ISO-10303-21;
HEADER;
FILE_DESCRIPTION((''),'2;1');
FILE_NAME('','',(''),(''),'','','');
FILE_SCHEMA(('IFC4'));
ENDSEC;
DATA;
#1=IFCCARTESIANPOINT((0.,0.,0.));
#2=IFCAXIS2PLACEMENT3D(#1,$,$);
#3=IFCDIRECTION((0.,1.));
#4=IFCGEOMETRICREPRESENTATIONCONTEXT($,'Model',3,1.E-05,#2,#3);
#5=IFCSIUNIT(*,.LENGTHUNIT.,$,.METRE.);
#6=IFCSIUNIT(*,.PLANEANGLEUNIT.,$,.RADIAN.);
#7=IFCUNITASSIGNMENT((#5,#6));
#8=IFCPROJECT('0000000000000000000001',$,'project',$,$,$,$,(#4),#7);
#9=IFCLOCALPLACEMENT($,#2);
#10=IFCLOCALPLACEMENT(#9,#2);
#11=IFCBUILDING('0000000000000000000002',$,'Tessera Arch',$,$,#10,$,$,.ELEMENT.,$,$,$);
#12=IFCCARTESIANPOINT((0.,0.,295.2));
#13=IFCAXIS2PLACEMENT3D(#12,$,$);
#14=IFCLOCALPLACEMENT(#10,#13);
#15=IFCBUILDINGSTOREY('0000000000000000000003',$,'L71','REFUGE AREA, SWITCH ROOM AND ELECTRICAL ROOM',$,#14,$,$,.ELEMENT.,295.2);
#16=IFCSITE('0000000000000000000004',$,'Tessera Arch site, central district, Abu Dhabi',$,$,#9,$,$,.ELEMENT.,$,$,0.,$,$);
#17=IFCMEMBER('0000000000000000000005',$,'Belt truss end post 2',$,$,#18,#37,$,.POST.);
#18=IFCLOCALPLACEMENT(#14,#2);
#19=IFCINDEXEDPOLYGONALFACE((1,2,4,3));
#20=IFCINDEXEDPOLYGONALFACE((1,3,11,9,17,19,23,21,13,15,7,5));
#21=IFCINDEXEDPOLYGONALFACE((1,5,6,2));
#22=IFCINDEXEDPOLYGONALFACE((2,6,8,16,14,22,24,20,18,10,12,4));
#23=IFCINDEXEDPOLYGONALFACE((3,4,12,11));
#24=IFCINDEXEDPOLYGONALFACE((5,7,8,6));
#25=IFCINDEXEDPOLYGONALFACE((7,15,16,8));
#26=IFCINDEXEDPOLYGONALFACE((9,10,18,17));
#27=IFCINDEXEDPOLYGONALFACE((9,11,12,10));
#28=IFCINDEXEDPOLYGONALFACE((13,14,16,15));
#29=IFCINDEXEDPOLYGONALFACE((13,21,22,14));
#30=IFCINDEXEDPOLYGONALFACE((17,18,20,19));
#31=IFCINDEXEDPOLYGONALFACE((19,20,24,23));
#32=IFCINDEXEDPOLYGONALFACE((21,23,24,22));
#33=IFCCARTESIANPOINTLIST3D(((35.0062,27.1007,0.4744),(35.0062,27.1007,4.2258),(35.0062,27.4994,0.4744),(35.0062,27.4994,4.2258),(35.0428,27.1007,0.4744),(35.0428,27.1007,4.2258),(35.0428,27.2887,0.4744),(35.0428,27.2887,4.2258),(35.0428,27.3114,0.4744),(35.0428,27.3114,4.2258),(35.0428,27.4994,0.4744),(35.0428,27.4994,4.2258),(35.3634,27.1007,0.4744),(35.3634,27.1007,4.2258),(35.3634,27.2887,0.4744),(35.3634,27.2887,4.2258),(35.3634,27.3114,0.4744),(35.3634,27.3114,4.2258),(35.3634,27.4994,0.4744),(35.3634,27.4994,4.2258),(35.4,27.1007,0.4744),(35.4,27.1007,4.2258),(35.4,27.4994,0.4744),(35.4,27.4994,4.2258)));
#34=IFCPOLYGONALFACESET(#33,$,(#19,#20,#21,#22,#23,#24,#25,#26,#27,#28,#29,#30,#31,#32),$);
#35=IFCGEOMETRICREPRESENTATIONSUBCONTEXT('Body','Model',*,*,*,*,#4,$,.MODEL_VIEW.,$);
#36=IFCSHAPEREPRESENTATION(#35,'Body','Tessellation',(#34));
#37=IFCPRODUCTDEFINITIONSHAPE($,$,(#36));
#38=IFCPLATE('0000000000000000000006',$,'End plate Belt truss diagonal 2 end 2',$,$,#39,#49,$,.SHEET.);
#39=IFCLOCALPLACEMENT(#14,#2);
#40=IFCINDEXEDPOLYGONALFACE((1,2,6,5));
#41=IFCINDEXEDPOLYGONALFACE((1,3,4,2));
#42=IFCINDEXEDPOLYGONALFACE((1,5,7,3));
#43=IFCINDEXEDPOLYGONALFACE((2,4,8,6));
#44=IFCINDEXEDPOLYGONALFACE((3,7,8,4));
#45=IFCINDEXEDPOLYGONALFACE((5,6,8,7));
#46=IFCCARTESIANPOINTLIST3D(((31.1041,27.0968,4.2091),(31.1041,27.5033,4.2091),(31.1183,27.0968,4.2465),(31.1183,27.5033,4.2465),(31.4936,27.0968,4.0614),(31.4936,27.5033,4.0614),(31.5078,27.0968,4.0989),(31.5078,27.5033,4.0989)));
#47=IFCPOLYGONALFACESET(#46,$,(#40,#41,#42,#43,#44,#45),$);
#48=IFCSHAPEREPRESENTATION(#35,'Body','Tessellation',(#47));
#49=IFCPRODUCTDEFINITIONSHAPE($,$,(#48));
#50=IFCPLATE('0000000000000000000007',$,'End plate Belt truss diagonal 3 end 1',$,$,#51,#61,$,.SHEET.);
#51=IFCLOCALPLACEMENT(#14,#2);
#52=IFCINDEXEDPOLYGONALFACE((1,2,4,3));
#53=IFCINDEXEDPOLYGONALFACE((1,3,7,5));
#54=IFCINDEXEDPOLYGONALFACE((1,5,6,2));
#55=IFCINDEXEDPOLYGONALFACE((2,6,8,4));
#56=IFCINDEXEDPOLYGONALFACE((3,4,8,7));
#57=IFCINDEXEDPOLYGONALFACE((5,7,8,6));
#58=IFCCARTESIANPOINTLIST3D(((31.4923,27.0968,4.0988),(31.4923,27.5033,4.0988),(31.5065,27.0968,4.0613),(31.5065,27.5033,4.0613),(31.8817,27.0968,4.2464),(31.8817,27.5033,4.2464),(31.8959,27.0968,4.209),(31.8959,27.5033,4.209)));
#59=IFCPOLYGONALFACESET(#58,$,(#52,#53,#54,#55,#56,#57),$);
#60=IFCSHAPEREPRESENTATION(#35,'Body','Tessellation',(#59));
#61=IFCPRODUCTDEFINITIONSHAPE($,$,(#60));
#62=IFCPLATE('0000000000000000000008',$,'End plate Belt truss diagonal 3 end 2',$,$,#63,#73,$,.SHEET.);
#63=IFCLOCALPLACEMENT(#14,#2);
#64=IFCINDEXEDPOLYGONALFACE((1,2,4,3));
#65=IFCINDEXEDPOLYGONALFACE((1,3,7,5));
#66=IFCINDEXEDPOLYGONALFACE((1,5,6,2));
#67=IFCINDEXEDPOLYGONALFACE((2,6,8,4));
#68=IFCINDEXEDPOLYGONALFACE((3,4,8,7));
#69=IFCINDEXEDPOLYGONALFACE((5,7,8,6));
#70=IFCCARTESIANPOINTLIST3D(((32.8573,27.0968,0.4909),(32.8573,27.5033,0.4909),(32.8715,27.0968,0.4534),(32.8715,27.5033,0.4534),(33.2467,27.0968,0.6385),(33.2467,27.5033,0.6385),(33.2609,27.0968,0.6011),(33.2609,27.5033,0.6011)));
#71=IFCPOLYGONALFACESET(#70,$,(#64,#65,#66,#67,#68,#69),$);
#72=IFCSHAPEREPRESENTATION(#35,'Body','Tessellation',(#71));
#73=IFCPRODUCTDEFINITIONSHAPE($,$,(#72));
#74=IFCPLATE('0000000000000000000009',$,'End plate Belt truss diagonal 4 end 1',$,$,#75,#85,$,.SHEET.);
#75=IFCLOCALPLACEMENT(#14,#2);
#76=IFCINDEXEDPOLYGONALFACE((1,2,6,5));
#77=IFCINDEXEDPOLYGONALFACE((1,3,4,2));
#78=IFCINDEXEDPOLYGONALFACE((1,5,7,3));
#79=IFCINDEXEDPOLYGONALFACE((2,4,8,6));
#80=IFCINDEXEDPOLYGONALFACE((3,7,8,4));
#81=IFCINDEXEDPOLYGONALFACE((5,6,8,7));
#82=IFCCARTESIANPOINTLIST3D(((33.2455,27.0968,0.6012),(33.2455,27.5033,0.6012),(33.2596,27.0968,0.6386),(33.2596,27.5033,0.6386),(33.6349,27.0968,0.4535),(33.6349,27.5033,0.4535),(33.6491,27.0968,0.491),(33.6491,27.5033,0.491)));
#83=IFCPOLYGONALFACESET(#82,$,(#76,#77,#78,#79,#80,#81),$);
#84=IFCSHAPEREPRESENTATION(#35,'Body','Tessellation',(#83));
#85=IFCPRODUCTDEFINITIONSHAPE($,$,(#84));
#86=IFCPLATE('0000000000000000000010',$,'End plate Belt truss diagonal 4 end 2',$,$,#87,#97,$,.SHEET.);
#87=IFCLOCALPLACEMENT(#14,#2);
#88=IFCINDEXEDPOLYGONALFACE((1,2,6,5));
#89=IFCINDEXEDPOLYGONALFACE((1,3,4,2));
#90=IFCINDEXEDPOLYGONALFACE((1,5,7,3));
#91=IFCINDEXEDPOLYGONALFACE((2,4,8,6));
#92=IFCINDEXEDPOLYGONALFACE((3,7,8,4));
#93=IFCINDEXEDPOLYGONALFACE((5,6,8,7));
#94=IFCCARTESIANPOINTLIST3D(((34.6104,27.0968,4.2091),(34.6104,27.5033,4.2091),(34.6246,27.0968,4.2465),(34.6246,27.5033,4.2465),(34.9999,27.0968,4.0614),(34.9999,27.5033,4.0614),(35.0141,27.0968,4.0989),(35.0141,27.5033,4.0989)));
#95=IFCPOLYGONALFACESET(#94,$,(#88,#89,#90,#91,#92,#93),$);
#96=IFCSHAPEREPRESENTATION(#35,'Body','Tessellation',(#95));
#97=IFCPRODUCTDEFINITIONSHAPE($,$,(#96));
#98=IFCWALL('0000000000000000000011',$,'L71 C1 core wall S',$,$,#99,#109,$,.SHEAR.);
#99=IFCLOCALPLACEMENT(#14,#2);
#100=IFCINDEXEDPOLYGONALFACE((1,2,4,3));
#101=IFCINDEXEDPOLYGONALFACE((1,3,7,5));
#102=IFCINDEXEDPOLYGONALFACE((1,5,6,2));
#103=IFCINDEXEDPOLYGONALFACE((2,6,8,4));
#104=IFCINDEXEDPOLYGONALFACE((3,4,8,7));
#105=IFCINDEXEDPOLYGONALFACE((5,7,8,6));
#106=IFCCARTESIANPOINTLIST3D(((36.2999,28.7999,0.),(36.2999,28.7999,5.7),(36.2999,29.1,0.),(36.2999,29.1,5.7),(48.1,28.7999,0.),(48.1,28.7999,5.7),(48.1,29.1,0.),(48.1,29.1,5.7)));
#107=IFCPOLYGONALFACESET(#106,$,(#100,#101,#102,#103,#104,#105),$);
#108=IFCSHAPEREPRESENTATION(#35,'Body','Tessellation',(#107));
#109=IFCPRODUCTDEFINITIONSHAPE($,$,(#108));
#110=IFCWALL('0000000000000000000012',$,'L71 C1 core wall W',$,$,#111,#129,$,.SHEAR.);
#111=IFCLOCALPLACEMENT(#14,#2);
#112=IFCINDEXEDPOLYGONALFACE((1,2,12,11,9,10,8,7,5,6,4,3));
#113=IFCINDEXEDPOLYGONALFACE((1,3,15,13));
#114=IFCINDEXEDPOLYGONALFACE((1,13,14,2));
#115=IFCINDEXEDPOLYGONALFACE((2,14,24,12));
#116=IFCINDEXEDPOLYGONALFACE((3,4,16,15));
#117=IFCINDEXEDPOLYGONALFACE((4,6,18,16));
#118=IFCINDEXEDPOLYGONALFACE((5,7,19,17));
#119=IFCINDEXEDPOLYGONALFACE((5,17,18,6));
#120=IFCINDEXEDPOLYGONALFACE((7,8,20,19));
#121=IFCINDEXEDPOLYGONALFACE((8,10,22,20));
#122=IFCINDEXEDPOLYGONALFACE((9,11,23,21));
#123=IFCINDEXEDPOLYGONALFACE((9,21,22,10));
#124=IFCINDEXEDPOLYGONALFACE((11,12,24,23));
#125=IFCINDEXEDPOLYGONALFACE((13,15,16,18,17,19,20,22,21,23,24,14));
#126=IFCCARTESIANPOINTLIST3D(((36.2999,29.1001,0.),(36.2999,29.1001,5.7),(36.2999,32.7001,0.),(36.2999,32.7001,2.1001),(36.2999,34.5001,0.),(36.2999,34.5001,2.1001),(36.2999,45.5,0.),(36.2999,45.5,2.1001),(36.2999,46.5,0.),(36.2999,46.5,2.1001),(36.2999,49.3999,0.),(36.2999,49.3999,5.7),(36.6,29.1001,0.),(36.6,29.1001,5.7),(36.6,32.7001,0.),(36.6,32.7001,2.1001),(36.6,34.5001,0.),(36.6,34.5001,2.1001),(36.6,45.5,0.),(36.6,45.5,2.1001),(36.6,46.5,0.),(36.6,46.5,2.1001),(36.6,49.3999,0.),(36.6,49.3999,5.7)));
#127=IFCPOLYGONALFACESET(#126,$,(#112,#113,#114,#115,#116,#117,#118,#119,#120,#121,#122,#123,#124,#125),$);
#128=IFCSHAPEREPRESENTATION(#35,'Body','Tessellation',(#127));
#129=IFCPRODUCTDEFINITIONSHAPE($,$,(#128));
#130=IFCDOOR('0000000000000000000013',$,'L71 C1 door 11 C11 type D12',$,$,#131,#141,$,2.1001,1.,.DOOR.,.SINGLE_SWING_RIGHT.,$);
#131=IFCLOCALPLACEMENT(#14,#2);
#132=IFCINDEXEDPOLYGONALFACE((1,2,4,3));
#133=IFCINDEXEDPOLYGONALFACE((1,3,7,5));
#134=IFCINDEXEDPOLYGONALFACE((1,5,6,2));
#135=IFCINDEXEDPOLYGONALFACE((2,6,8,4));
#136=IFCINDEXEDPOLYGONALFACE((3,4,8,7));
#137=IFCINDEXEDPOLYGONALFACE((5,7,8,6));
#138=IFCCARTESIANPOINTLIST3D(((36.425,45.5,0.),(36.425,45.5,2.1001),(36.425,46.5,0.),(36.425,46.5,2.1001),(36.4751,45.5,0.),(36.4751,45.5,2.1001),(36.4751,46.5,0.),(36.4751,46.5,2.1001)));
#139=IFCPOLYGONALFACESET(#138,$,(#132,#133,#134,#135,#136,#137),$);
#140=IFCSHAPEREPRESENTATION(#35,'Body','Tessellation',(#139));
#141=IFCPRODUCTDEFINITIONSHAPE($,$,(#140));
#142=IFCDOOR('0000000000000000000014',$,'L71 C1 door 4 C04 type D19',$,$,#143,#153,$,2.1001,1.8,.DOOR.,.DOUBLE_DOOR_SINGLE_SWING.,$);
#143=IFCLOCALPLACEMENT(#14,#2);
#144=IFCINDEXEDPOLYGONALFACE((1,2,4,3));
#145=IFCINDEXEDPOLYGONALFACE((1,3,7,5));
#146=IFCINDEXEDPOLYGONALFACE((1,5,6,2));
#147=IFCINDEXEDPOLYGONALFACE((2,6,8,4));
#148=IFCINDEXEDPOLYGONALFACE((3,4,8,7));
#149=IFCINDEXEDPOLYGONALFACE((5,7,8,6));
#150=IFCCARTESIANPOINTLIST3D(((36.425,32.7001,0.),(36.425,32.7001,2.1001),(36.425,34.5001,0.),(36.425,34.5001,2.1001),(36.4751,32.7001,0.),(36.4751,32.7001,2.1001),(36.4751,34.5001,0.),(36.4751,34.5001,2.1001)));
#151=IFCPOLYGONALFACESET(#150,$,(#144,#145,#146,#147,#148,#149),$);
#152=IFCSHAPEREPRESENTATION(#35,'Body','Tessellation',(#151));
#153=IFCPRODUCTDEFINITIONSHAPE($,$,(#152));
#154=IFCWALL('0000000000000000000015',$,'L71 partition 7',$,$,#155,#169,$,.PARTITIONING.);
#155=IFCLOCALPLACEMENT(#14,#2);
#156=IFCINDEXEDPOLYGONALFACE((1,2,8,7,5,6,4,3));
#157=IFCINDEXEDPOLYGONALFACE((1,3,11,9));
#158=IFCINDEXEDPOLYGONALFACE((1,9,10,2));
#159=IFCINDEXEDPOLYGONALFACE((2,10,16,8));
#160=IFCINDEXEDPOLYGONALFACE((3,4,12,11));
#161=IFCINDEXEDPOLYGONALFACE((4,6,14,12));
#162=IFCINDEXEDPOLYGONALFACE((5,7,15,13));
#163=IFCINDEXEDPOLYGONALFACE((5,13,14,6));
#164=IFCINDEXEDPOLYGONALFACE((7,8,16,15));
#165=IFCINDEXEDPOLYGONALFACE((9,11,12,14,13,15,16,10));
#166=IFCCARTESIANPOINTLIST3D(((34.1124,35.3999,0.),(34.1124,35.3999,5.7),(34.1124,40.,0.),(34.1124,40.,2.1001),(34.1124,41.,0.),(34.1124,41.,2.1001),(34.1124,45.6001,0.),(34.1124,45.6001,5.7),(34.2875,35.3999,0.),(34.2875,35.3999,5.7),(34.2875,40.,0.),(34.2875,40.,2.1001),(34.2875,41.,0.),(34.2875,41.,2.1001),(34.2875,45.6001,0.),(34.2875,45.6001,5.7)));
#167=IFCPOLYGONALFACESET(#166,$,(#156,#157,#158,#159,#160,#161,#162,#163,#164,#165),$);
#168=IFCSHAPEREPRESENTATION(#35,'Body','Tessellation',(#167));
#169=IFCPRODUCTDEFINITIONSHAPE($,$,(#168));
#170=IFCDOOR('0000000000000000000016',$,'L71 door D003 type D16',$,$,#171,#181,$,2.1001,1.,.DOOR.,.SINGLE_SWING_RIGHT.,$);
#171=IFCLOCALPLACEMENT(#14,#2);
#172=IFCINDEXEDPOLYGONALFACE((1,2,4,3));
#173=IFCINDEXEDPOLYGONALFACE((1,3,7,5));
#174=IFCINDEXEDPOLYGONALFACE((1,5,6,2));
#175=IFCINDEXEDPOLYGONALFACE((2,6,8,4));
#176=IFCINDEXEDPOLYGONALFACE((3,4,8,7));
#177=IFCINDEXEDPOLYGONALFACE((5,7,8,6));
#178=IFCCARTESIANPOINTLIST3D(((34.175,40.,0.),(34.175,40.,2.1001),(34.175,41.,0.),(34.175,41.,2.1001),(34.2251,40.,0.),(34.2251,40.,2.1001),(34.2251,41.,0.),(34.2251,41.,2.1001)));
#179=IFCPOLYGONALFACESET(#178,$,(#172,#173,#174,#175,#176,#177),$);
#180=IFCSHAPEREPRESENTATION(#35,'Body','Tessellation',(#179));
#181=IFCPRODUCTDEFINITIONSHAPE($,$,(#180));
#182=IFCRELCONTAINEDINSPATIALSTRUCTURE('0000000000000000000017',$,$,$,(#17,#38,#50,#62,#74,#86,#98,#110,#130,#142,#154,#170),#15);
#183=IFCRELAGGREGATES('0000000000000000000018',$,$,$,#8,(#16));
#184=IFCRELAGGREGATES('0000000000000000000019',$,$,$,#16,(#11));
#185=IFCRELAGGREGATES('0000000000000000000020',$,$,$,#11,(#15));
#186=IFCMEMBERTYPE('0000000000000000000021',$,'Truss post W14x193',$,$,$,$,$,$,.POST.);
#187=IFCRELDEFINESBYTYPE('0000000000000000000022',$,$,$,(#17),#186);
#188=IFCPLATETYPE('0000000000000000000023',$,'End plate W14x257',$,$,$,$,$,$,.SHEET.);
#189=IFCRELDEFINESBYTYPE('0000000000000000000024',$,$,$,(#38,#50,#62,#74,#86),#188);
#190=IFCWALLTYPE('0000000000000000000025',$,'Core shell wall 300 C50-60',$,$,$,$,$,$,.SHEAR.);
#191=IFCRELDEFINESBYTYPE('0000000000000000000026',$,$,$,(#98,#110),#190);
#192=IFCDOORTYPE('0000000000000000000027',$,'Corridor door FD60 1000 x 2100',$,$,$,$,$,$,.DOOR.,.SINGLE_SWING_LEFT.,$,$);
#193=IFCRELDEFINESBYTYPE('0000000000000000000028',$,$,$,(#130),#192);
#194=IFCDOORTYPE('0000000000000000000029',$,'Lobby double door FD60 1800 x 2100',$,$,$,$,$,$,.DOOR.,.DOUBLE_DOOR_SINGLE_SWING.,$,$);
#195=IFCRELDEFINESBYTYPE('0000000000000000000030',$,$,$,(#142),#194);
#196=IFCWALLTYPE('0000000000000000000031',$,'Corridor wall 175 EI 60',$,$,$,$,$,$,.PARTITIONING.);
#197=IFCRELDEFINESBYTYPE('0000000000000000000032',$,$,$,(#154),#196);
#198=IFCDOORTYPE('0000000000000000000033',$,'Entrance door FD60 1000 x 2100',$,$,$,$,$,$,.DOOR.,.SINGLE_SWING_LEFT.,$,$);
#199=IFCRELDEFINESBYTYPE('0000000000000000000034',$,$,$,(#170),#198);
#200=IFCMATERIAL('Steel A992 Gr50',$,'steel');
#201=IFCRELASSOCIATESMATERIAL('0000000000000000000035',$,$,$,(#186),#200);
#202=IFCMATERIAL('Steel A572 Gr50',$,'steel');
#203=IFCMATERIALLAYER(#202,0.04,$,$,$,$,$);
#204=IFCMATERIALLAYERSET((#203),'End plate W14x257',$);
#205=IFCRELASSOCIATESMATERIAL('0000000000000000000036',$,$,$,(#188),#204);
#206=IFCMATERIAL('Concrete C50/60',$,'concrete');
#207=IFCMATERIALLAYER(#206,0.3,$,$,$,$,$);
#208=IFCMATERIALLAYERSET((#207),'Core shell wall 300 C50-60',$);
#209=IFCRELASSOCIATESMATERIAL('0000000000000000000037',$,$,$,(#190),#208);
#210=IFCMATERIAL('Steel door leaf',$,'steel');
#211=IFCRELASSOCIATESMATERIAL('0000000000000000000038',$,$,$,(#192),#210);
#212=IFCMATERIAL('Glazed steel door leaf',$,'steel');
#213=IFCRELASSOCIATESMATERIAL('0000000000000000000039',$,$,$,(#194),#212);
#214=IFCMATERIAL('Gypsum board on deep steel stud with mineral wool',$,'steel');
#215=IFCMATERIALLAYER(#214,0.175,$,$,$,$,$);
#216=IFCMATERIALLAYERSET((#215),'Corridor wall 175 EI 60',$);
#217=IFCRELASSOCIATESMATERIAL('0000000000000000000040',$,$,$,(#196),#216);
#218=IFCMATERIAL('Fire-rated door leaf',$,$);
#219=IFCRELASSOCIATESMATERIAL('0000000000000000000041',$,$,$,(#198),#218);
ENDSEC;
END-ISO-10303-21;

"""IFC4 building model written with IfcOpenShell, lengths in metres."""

from ifc_helpers import new_model, si_unit, direction, frame, frame_2d, origin, origin_2d, place, context, subcontext, project, spatial, rectangle, i_section, extrude, material, layer, layer_set, material_profile, profile_set, type_object, element, fill, save


model = new_model("IFC4")

# Units and contexts
model_context = context("Model", 3, precision=1e-05, world=origin(), true_north=direction((0.0, 1.0)))
body_context = subcontext(model_context, "Body", "Model", "MODEL_VIEW")
ifc_project = project(units=[si_unit("LENGTHUNIT", "METRE"), si_unit("PLANEANGLEUNIT", "RADIAN")], contexts=[model_context])

# Site, building, storey
site_placement = place(None, origin())
site = spatial("IfcSite", under=ifc_project, at=site_placement, Name="Tessera Arch site, central district, Abu Dhabi", CompositionType="ELEMENT", RefElevation=0.0)
building_placement = place(site_placement, origin())
building = spatial("IfcBuilding", under=site, at=building_placement, Name="Tessera Arch", CompositionType="ELEMENT")
storey_placement = place(building_placement, frame((0.0, 0.0, 295.2)))
storey = spatial("IfcBuildingStorey", under=building, at=storey_placement, Name="L71", Description="REFUGE AREA, SWITCH ROOM AND ELECTRICAL ROOM", CompositionType="ELEMENT", Elevation=295.2)

# Member
ifc_material_1 = material(Name="Steel A992 Gr50", Category="steel")
ifc_material_profile_1 = material_profile(ifc_material_1, i_section(OverallWidth=0.3987, OverallDepth=0.3938, WebThickness=0.0227, FlangeThickness=0.0366, at=origin_2d()), Name="W14x193")
ifc_profile_set_1 = profile_set([ifc_material_profile_1], Name="Steel A992 Gr50")
member_type_1 = type_object("IfcMemberType", Name="Truss post W14x193", PredefinedType="POST", material=ifc_profile_set_1)
member_1_placement = place(storey_placement, frame((35.2031, 27.3, 0.4744), z_axis=(0.0, 0.0, 1.0), x_axis=(0.0, 1.0, 0.0)))
element("IfcMember", 1, at=member_1_placement, inside=storey, type_object=member_type_1, Name="Belt truss end post 2", PredefinedType="POST", context=body_context, shape_type="SweptSolid", body=[
    extrude(i_section(OverallWidth=0.3987, OverallDepth=0.3938, WebThickness=0.0227, FlangeThickness=0.0366, at=origin_2d()), origin(), (0.0, 0.0, 1.0), 3.7515),
])

# Plates
ifc_material_2 = material(Name="Steel A572 Gr50", Category="steel")
ifc_layer_1 = layer(ifc_material_2, 0.04)
ifc_layer_set_1 = layer_set([ifc_layer_1], Name="End plate W14x257")
plate_type = type_object("IfcPlateType", Name="End plate W14x257", PredefinedType="SHEET", material=ifc_layer_set_1)
for number, where, z_axis, x_axis, name in (
    (2, (31.2988, 27.3, 4.1353), (0.35447, 0.0, 0.935067), (0.0, 1.0, 0.0), "End plate Belt truss diagonal 2 end 2"),
    (3, (31.687, 27.3, 4.1726), (0.35447, 0.0, -0.935067), (0.0, 1.0, 0.0), "End plate Belt truss diagonal 3 end 1"),
    (4, (33.052, 27.3, 0.5647), (0.35447, 0.0, -0.935067), (0.0, 1.0, 0.0), "End plate Belt truss diagonal 3 end 2"),
    (5, (33.4402, 27.3, 0.5273), (0.35447, 0.0, 0.935067), (0.0, 1.0, 0.0), "End plate Belt truss diagonal 4 end 1"),
    (6, (34.8052, 27.3, 4.1353), (0.35447, 0.0, 0.935067), (0.0, 1.0, 0.0), "End plate Belt truss diagonal 4 end 2"),
):
    element("IfcPlate", number, at=place(storey_placement, frame(where, z_axis=z_axis, x_axis=x_axis)), inside=storey, type_object=plate_type, Name=name, PredefinedType="SHEET", context=body_context, shape_type="SweptSolid", body=[
        extrude(rectangle(XDim=0.4065, YDim=0.4165, at=origin_2d()), origin(), (0.0, 0.0, 1.0), 0.04),
    ])

# Wall
ifc_material_3 = material(Name="Concrete C50/60", Category="concrete")
ifc_layer_2 = layer(ifc_material_3, 0.3)
ifc_layer_set_2 = layer_set([ifc_layer_2], Name="Core shell wall 300 C50-60")
wall_type_1 = type_object("IfcWallType", Name="Core shell wall 300 C50-60", PredefinedType="SHEAR", material=ifc_layer_set_2)
wall_1_placement = place(storey_placement, frame((36.3, 28.95, 0.0), z_axis=(0.0, 0.0, 1.0), x_axis=(1.0, 0.0, 0.0)))
element("IfcWall", 7, at=wall_1_placement, inside=storey, type_object=wall_type_1, Name="L71 C1 core wall S", PredefinedType="SHEAR", context=body_context, shape_type="SweptSolid", body=[
    extrude(rectangle(XDim=11.8, YDim=0.3, at=frame_2d((5.8999, 0.0))), origin(), (0.0, 0.0, 1.0), 5.7),
])

# Wall, openings, doors
wall_2_placement = place(storey_placement, frame((36.45, 29.1001, 0.0), z_axis=(0.0, 0.0, 1.0), x_axis=(0.0, 1.0, 0.0)))
wall_2 = element("IfcWall", 8, at=wall_2_placement, inside=storey, type_object=wall_type_1, Name="L71 C1 core wall W", PredefinedType="SHEAR", context=body_context, shape_type="SweptSolid", body=[
    extrude(rectangle(XDim=20.2998, YDim=0.3, at=frame_2d((10.1499, 0.0))), origin(), (0.0, 0.0, 1.0), 5.7),
])
opening_1_placement = place(wall_2_placement, frame((3.6001, 0.0, 0.0)))
opening_1 = element("IfcOpeningElement", 9, at=opening_1_placement, cuts=wall_2, PredefinedType="OPENING", context=body_context, shape_type="SweptSolid", body=[
    extrude(rectangle(XDim=1.8, YDim=2.1001, at=frame_2d((0.8999, 1.05))), frame((0.0, 0.1599, 0.0), z_axis=(0.0, -1.0, 0.0), x_axis=(1.0, 0.0, 0.0)), (0.0, 0.0, 1.0), 0.3201),
])
opening_2_placement = place(wall_2_placement, frame((16.3999, 0.0, 0.0)))
opening_2 = element("IfcOpeningElement", 10, at=opening_2_placement, cuts=wall_2, PredefinedType="OPENING", context=body_context, shape_type="SweptSolid", body=[
    extrude(rectangle(XDim=1.0, YDim=2.1001, at=frame_2d((0.5, 1.05))), frame((0.0, 0.1599, 0.0), z_axis=(0.0, -1.0, 0.0), x_axis=(1.0, 0.0, 0.0)), (0.0, 0.0, 1.0), 0.3201),
])
ifc_material_4 = material(Name="Steel door leaf", Category="steel")
door_type_1 = type_object("IfcDoorType", Name="Corridor door FD60 1000 x 2100", OperationType="SINGLE_SWING_LEFT", PredefinedType="DOOR", material=ifc_material_4)
door_1_placement = place(opening_2_placement, origin())
door_1 = element("IfcDoor", 11, at=door_1_placement, inside=storey, type_object=door_type_1, Name="L71 C1 door 11 C11 type D12", OperationType="SINGLE_SWING_RIGHT", OverallHeight=2.1001, OverallWidth=1.0, PredefinedType="DOOR", context=body_context, shape_type="SweptSolid", body=[
    extrude(rectangle(XDim=1.0, YDim=2.1001, at=frame_2d((0.5, 1.05))), frame((0.0, 0.0249, 0.0), z_axis=(0.0, -1.0, 0.0), x_axis=(1.0, 0.0, 0.0)), (0.0, 0.0, 1.0), 0.05),
])
fill(opening_2, door_1)
ifc_material_5 = material(Name="Glazed steel door leaf", Category="steel")
door_type_2 = type_object("IfcDoorType", Name="Lobby double door FD60 1800 x 2100", OperationType="DOUBLE_DOOR_SINGLE_SWING", PredefinedType="DOOR", material=ifc_material_5)
door_2_placement = place(opening_1_placement, origin())
door_2 = element("IfcDoor", 12, at=door_2_placement, inside=storey, type_object=door_type_2, Name="L71 C1 door 4 C04 type D19", OperationType="DOUBLE_DOOR_SINGLE_SWING", OverallHeight=2.1001, OverallWidth=1.8, PredefinedType="DOOR", context=body_context, shape_type="SweptSolid", body=[
    extrude(rectangle(XDim=1.8, YDim=2.1001, at=frame_2d((0.8999, 1.05))), frame((0.0, 0.0249, 0.0), z_axis=(0.0, -1.0, 0.0), x_axis=(1.0, 0.0, 0.0)), (0.0, 0.0, 1.0), 0.05),
])
fill(opening_1, door_2)

# Wall, opening, door
ifc_material_6 = material(Name="Gypsum board on deep steel stud with mineral wool", Category="steel")
ifc_layer_3 = layer(ifc_material_6, 0.175)
ifc_layer_set_3 = layer_set([ifc_layer_3], Name="Corridor wall 175 EI 60")
wall_type_2 = type_object("IfcWallType", Name="Corridor wall 175 EI 60", PredefinedType="PARTITIONING", material=ifc_layer_set_3)
wall_3_placement = place(storey_placement, frame((34.2, 35.3999, 0.0), z_axis=(0.0, 0.0, 1.0), x_axis=(0.0, 1.0, 0.0)))
wall_3 = element("IfcWall", 13, at=wall_3_placement, inside=storey, type_object=wall_type_2, Name="L71 partition 7", PredefinedType="PARTITIONING", context=body_context, shape_type="SweptSolid", body=[
    extrude(rectangle(XDim=10.2002, YDim=0.175, at=frame_2d((5.1001, 0.0))), origin(), (0.0, 0.0, 1.0), 5.7),
])
opening_3_placement = place(wall_3_placement, frame((4.6001, 0.0, 0.0)))
opening_3 = element("IfcOpeningElement", 14, at=opening_3_placement, cuts=wall_3, PredefinedType="OPENING", context=body_context, shape_type="SweptSolid", body=[
    extrude(rectangle(XDim=1.0, YDim=2.1001, at=frame_2d((0.5, 1.05))), frame((0.0, 0.0974, 0.0), z_axis=(0.0, -1.0, 0.0), x_axis=(1.0, 0.0, 0.0)), (0.0, 0.0, 1.0), 0.1951),
])
ifc_material_7 = material(Name="Fire-rated door leaf")
door_type_3 = type_object("IfcDoorType", Name="Entrance door FD60 1000 x 2100", OperationType="SINGLE_SWING_LEFT", PredefinedType="DOOR", material=ifc_material_7)
door_3_placement = place(opening_3_placement, origin())
door_3 = element("IfcDoor", 15, at=door_3_placement, inside=storey, type_object=door_type_3, Name="L71 door D003 type D16", OperationType="SINGLE_SWING_RIGHT", OverallHeight=2.1001, OverallWidth=1.0, PredefinedType="DOOR", context=body_context, shape_type="SweptSolid", body=[
    extrude(rectangle(XDim=1.0, YDim=2.1001, at=frame_2d((0.5, 1.05))), frame((0.0, 0.0249, 0.0), z_axis=(0.0, -1.0, 0.0), x_axis=(1.0, 0.0, 0.0)), (0.0, 0.0, 1.0), 0.05),
])
fill(opening_3, door_3)

save(model, "model.ifc")
